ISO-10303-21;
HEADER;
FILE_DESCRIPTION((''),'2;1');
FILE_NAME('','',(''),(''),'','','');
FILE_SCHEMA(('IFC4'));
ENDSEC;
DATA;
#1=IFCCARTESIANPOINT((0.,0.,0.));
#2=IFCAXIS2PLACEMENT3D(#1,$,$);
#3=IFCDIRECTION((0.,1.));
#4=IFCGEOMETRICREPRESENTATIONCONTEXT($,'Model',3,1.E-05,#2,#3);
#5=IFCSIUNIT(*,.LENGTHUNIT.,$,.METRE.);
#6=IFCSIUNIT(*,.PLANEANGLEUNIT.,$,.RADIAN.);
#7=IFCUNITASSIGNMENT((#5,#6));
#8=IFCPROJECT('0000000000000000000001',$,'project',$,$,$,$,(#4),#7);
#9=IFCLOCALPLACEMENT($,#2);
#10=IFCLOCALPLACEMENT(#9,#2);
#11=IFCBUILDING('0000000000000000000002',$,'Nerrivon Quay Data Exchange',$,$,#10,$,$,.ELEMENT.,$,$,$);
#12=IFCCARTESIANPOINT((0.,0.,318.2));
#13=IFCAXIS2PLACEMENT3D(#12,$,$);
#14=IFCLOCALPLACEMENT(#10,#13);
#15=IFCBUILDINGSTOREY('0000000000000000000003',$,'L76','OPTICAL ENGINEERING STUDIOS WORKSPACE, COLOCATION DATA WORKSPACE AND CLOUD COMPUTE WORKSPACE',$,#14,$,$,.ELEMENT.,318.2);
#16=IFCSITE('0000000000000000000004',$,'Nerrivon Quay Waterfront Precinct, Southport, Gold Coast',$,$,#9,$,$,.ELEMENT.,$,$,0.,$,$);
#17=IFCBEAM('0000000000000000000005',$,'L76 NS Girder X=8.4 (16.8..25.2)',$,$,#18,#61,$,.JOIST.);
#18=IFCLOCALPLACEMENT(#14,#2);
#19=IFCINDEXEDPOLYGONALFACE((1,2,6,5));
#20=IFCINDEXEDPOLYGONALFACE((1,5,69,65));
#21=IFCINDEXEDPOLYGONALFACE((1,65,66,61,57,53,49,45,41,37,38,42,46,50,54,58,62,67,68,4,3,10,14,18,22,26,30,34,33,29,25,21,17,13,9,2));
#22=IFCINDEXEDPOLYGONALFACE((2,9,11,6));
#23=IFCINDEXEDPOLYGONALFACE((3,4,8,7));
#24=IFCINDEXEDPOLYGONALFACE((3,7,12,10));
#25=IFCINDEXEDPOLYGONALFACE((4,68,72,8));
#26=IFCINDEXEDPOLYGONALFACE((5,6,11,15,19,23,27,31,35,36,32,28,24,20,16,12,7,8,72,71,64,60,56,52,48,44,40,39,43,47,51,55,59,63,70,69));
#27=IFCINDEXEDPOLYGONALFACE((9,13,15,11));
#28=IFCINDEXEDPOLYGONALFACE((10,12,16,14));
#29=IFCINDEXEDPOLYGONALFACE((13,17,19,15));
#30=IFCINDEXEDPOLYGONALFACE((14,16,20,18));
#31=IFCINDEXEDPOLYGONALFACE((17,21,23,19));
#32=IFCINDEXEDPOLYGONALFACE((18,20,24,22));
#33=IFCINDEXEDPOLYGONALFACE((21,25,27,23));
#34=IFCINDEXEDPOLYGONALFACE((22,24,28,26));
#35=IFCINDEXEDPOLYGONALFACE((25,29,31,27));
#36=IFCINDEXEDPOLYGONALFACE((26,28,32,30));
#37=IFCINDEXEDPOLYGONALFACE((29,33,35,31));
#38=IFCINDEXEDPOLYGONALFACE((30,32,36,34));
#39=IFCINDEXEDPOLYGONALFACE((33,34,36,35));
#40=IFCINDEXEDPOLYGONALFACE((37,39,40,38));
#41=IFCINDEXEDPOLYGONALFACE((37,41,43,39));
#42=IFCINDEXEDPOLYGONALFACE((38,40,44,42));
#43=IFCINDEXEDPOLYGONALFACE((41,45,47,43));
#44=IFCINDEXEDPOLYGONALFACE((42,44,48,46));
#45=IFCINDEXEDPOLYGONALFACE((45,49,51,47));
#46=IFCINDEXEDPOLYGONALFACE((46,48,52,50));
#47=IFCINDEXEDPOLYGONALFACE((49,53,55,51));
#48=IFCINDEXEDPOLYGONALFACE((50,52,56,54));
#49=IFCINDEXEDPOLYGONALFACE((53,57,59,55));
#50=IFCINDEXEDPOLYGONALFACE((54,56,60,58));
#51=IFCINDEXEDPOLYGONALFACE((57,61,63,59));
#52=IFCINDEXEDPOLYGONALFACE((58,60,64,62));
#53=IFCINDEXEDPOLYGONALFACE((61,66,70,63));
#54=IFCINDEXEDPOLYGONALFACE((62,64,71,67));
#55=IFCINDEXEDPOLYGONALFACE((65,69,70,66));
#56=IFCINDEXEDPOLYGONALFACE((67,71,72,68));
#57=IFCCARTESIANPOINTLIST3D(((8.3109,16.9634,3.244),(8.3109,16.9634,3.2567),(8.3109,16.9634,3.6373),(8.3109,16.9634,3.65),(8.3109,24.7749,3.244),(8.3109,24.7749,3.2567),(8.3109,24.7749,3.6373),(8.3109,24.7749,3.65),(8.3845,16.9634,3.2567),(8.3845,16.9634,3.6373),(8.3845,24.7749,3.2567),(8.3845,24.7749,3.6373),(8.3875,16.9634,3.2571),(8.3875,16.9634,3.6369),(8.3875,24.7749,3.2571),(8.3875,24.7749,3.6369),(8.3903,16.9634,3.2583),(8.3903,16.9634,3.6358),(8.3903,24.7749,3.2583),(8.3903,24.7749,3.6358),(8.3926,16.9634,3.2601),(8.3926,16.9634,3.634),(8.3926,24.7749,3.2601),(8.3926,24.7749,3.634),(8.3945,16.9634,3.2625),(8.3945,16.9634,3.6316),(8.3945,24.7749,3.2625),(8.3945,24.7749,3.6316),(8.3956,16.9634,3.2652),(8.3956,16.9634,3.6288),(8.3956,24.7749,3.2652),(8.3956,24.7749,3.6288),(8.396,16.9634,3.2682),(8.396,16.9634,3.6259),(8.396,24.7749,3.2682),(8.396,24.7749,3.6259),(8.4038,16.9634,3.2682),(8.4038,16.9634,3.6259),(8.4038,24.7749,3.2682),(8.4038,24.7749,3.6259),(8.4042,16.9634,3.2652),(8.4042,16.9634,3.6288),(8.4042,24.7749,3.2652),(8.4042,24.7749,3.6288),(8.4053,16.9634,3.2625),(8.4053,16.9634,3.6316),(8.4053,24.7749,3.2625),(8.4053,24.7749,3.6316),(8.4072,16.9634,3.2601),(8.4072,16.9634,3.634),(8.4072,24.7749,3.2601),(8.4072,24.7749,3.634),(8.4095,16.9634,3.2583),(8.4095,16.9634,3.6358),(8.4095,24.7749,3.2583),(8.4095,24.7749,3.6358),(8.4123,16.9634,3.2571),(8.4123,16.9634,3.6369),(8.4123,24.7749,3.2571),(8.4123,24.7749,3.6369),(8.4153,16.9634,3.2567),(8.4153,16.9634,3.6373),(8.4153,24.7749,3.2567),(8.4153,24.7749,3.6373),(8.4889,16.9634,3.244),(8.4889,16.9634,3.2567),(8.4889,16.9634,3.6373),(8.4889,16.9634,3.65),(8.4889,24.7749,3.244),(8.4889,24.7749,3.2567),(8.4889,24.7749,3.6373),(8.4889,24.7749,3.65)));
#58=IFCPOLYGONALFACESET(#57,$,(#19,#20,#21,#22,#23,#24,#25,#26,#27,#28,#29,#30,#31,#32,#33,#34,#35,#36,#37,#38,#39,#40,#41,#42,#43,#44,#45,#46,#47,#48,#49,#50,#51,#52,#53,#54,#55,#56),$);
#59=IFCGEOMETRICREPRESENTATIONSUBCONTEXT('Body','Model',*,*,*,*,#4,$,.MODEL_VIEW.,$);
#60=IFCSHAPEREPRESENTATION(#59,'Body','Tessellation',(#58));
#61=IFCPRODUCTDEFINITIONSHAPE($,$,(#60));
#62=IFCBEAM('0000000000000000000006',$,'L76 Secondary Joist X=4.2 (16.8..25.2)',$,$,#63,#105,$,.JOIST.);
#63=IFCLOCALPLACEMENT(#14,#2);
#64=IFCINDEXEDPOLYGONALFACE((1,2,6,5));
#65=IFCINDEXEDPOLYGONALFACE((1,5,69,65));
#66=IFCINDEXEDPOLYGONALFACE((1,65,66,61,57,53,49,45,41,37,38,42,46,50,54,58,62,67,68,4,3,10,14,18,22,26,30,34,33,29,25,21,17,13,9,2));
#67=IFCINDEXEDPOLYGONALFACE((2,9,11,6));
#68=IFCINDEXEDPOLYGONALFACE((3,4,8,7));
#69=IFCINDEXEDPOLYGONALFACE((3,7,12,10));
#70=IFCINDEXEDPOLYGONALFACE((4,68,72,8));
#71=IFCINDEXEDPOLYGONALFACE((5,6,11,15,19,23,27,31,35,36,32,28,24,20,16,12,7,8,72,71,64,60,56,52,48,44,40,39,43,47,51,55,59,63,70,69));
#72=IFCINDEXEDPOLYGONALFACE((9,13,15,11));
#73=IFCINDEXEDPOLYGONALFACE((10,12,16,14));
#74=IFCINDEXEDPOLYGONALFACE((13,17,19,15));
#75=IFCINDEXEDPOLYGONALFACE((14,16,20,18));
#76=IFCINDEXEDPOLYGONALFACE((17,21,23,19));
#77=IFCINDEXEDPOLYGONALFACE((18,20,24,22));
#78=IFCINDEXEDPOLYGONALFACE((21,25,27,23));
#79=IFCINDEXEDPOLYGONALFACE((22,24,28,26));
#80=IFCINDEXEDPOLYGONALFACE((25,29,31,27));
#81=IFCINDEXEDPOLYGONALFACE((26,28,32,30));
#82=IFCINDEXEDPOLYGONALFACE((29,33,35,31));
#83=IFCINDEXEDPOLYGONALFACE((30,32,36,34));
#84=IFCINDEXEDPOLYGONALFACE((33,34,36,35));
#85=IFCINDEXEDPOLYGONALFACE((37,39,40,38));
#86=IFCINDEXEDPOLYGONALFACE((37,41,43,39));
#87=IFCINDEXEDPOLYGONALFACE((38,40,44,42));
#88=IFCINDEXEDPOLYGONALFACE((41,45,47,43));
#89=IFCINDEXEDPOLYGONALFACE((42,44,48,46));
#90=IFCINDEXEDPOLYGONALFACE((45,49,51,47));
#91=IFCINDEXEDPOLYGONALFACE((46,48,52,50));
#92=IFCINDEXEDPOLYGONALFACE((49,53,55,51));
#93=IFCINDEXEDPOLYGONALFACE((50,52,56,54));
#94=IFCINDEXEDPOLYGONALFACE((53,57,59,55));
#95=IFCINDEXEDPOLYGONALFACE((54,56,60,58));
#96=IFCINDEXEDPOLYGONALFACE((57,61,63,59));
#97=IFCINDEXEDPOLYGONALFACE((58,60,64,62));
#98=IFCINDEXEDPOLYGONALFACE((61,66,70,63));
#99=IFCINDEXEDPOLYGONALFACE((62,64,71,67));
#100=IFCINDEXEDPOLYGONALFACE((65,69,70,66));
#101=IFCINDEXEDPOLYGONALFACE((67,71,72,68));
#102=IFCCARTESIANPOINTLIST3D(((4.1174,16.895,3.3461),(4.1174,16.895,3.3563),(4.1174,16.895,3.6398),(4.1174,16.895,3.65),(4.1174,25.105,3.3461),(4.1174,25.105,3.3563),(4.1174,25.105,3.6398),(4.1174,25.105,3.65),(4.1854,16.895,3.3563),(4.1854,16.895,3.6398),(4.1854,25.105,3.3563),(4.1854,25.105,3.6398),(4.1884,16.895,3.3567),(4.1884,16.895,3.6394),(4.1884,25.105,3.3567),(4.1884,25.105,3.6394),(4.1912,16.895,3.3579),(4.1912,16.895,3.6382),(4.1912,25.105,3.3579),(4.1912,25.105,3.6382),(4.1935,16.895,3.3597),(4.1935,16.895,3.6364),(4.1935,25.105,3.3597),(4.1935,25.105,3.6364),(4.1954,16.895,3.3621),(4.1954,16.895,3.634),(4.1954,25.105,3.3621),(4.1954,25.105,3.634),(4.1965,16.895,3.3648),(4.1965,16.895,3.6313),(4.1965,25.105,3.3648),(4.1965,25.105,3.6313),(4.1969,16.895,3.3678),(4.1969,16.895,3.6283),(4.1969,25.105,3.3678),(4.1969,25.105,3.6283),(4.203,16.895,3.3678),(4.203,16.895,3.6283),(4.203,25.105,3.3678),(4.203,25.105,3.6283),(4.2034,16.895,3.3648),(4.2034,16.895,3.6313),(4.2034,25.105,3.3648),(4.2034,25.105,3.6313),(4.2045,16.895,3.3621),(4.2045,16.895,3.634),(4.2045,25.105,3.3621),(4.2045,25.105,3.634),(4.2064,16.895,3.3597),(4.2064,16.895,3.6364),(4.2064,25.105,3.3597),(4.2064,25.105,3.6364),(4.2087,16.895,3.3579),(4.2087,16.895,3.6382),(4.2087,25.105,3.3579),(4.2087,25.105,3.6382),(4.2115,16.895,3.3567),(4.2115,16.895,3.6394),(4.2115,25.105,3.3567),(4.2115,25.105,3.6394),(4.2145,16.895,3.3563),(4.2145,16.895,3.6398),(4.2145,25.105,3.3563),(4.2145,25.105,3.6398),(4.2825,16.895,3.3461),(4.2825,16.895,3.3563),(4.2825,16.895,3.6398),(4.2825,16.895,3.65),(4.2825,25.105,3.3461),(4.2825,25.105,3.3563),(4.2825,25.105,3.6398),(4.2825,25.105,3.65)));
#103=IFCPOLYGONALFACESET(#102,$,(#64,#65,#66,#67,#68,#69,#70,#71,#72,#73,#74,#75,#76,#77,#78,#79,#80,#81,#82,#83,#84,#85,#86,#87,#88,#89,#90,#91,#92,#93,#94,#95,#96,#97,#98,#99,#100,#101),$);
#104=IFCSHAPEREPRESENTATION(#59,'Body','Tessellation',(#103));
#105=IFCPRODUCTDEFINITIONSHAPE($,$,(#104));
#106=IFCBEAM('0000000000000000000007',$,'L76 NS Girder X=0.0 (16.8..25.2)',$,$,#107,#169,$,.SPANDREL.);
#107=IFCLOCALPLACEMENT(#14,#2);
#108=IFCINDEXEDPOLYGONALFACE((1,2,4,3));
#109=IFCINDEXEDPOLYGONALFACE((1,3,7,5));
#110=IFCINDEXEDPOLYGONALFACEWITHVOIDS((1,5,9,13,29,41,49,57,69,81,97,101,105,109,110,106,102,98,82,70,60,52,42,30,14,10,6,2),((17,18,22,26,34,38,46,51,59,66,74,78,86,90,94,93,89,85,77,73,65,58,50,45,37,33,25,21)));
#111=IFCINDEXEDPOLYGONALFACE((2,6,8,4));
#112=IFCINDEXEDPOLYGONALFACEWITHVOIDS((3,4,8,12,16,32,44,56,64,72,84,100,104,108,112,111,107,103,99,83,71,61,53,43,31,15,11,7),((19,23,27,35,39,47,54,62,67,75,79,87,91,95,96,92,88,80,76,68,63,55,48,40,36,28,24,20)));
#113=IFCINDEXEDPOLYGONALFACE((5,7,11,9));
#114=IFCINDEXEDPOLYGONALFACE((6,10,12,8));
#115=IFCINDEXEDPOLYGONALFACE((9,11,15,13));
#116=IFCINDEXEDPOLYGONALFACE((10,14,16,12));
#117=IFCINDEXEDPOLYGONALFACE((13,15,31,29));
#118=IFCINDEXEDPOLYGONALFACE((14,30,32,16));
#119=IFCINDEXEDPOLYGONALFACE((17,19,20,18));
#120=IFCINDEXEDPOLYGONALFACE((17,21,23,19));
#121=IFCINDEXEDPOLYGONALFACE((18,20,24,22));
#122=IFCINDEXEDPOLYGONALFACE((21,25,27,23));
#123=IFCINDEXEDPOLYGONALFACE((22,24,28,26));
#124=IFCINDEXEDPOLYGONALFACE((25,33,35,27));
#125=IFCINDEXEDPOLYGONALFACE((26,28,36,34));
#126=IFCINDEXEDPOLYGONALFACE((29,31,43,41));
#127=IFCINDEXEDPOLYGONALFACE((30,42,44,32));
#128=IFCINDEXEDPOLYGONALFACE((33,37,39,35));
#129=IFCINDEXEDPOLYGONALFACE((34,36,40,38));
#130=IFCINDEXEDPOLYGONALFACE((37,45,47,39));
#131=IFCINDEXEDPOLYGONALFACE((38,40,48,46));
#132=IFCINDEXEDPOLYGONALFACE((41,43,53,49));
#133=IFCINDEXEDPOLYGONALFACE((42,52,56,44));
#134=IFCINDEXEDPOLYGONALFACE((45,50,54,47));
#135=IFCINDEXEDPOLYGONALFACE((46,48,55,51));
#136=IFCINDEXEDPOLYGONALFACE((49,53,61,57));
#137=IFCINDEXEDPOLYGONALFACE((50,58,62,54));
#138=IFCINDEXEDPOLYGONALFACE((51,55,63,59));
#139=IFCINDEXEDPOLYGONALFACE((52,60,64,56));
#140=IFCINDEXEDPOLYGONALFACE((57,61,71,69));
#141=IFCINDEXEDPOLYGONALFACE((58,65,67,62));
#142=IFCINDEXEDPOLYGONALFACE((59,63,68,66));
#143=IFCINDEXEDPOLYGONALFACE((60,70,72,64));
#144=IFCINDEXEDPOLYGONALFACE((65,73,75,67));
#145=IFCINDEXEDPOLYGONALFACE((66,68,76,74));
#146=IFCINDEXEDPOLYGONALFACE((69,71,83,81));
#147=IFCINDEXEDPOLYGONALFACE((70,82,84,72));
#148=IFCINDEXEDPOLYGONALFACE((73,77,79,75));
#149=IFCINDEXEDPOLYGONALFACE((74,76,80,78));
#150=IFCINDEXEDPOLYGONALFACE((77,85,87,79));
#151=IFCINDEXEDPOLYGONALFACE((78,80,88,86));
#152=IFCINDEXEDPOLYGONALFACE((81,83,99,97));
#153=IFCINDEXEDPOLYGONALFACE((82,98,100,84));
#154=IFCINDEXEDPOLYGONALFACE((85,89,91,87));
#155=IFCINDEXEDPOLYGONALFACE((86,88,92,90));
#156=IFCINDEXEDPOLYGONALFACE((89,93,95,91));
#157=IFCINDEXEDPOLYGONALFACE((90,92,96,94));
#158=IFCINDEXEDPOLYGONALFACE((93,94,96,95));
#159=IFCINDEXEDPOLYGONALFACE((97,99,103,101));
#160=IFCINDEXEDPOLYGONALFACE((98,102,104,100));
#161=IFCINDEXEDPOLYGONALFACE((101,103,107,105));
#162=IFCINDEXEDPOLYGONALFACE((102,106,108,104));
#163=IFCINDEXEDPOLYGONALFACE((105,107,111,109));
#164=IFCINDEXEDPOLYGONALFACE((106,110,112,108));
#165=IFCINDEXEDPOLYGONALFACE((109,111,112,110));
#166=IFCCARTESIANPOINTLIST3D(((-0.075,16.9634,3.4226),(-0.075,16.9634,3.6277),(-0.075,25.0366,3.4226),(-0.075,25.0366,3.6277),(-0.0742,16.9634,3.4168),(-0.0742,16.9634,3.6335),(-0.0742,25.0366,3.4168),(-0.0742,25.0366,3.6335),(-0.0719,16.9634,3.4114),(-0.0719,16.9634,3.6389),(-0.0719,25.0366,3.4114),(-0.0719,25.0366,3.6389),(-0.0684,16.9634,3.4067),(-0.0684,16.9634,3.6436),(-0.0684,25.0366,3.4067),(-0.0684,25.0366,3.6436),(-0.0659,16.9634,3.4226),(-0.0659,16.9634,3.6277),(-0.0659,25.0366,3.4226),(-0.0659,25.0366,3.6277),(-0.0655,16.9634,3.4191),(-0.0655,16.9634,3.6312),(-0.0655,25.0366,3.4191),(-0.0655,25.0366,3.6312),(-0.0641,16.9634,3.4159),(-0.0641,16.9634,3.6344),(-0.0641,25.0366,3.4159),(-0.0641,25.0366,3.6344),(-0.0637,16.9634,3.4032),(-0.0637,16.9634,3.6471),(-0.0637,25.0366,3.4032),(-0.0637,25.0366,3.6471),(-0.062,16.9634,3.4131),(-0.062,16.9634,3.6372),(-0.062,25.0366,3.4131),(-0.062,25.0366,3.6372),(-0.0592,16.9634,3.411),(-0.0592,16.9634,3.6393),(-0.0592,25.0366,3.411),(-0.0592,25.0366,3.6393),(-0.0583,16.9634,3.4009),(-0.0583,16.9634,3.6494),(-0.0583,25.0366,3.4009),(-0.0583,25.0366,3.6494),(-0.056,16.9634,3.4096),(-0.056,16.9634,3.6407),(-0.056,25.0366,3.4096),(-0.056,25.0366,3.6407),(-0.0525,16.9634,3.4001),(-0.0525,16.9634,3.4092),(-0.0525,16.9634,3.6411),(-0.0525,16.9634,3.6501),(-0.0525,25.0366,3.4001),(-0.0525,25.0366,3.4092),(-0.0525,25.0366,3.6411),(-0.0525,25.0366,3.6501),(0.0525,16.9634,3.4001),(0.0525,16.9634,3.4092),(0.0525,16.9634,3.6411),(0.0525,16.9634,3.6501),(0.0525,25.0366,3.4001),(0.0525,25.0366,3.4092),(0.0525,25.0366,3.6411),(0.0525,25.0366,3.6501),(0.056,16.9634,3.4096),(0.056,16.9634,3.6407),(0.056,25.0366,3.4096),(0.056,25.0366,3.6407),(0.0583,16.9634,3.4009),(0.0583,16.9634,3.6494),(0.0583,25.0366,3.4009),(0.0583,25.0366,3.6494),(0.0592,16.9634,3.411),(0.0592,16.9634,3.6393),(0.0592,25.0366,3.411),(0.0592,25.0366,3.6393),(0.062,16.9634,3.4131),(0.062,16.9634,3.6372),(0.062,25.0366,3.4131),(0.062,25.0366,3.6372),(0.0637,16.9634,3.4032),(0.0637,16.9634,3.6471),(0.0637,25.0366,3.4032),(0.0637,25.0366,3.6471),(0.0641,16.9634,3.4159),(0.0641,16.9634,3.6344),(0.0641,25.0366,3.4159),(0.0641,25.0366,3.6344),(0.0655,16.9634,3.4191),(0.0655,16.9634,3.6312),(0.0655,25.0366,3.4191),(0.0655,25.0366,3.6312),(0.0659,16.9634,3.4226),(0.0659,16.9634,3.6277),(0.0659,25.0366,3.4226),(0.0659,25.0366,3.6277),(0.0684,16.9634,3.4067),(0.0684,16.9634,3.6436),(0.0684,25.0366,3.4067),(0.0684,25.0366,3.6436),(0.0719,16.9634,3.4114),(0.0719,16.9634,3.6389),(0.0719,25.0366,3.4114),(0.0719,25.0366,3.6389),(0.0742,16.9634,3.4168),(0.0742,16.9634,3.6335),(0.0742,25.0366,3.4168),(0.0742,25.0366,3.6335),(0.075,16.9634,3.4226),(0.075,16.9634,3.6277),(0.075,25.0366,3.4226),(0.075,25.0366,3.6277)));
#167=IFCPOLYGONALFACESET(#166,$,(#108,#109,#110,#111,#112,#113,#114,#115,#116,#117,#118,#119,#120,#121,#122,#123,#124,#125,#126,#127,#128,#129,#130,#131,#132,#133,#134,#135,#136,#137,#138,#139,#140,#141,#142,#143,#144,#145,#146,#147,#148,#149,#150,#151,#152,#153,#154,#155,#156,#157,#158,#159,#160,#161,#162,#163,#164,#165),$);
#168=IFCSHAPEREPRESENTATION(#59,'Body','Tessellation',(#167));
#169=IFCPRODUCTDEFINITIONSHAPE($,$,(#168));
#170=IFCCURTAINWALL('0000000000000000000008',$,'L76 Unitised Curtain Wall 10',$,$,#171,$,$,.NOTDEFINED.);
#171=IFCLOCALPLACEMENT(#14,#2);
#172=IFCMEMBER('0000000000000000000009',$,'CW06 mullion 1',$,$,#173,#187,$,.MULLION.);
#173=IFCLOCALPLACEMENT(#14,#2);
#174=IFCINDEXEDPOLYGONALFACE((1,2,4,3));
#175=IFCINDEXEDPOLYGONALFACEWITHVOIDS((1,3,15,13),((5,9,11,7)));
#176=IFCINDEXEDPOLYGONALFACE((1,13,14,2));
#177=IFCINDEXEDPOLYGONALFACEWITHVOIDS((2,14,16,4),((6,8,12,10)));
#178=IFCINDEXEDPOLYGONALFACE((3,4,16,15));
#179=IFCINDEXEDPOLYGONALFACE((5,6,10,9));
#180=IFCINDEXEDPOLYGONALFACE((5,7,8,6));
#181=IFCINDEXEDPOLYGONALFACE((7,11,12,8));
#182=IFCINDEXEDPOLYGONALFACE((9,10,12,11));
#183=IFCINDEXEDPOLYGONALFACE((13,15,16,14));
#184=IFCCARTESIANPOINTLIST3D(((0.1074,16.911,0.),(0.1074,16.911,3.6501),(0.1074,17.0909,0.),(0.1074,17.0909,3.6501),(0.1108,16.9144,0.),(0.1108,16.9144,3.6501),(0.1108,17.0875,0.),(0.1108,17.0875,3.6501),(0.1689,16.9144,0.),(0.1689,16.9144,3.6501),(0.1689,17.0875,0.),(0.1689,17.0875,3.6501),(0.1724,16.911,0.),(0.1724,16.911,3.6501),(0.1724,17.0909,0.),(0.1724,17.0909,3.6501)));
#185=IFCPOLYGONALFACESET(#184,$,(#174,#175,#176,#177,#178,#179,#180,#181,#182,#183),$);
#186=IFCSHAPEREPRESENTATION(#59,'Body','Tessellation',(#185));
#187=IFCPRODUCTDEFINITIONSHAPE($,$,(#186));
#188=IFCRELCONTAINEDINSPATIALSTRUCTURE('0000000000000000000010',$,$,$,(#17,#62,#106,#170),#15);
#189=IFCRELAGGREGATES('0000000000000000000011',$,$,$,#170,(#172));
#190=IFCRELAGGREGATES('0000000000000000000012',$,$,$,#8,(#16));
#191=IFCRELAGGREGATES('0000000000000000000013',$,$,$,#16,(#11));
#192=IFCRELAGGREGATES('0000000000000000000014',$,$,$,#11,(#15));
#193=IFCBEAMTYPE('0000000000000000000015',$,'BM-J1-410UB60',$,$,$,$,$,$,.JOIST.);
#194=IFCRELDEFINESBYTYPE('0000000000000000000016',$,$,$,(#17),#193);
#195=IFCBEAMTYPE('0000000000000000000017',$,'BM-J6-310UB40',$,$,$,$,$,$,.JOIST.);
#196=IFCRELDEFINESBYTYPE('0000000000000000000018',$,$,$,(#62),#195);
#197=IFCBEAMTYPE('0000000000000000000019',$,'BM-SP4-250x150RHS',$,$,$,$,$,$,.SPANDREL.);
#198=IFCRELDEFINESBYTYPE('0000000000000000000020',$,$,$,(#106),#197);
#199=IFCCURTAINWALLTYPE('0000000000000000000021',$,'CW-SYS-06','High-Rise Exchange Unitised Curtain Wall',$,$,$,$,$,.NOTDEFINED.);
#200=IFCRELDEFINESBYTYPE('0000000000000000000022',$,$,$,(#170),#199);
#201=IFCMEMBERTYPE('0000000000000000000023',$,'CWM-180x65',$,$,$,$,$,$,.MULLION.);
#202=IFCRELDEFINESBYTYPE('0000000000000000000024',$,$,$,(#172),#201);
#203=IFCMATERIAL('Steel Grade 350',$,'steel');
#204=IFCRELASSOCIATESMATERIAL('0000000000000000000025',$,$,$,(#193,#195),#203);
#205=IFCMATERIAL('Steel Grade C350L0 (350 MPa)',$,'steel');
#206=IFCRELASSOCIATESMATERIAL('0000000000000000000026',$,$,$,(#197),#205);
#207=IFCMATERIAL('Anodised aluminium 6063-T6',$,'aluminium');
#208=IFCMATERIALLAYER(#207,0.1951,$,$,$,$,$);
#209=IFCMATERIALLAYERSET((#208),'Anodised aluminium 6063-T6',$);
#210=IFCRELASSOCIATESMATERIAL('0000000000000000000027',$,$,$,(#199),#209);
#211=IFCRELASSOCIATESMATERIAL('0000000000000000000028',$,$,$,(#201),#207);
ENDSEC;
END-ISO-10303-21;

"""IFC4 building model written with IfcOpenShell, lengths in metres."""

from ifc_helpers import new_model, si_unit, direction, frame, origin, origin_2d, place, context, subcontext, project, spatial, hollow_rectangle, i_section, extrude, material, layer, layer_set, material_profile, profile_set, type_object, element, aggregate, save


model = new_model("IFC4")

# Units and contexts
model_context = context("Model", 3, precision=1e-05, world=origin(), true_north=direction((0.0, 1.0)))
body_context = subcontext(model_context, "Body", "Model", "MODEL_VIEW")
ifc_project = project(units=[si_unit("LENGTHUNIT", "METRE"), si_unit("PLANEANGLEUNIT", "RADIAN")], contexts=[model_context])

# Site, building, storey
site_placement = place(None, origin())
site = spatial("IfcSite", under=ifc_project, at=site_placement, Name="Nerrivon Quay Waterfront Precinct, Southport, Gold Coast", CompositionType="ELEMENT", RefElevation=0.0)
building_placement = place(site_placement, origin())
building = spatial("IfcBuilding", under=site, at=building_placement, Name="Nerrivon Quay Data Exchange", CompositionType="ELEMENT")
storey_placement = place(building_placement, frame((0.0, 0.0, 318.2)))
storey = spatial("IfcBuildingStorey", under=building, at=storey_placement, Name="L76", Description="OPTICAL ENGINEERING STUDIOS WORKSPACE, COLOCATION DATA WORKSPACE AND CLOUD COMPUTE WORKSPACE", CompositionType="ELEMENT", Elevation=318.2)

# Shared definitions
ifc_material_1 = material(Name="Steel Grade 350", Category="steel")

# Beams
ifc_material_profile_1 = material_profile(ifc_material_1, i_section(OverallWidth=0.178, OverallDepth=0.406, WebThickness=0.0078, FlangeThickness=0.0127, FilletRadius=0.0115, at=origin_2d()), Name="410UB59.7")
ifc_profile_set_1 = profile_set([ifc_material_profile_1], Name="Steel Grade 350")
beam_type_1 = type_object("IfcBeamType", Name="BM-J1-410UB60", PredefinedType="JOIST", material=ifc_profile_set_1)
beam_1_placement = place(storey_placement, frame((8.3999, 16.9634, 3.447), z_axis=(0.0, 1.0, 0.0), x_axis=(-1.0, 0.0, 0.0)))
element("IfcBeam", 1, at=beam_1_placement, inside=storey, type_object=beam_type_1, Name="L76 NS Girder X=8.4 (16.8..25.2)", PredefinedType="JOIST", context=body_context, shape_type="SweptSolid", body=[
    extrude(i_section(OverallWidth=0.178, OverallDepth=0.406, WebThickness=0.0078, FlangeThickness=0.0127, FilletRadius=0.0115, at=origin_2d()), origin(), (0.0, 0.0, 1.0), 7.8115),
])
ifc_material_profile_2 = material_profile(ifc_material_1, i_section(OverallWidth=0.165, OverallDepth=0.304, WebThickness=0.0061, FlangeThickness=0.0103, FilletRadius=0.0115, at=origin_2d()), Name="310UB40.4")
ifc_profile_set_2 = profile_set([ifc_material_profile_2], Name="Steel Grade 350")
beam_type_2 = type_object("IfcBeamType", Name="BM-J6-310UB40", PredefinedType="JOIST", material=ifc_profile_set_2)
beam_2_placement = place(storey_placement, frame((4.2, 16.895, 3.498), z_axis=(0.0, 1.0, 0.0), x_axis=(-1.0, 0.0, 0.0)))
element("IfcBeam", 2, at=beam_2_placement, inside=storey, type_object=beam_type_2, Name="L76 Secondary Joist X=4.2 (16.8..25.2)", PredefinedType="JOIST", context=body_context, shape_type="SweptSolid", body=[
    extrude(i_section(OverallWidth=0.165, OverallDepth=0.304, WebThickness=0.0061, FlangeThickness=0.0103, FilletRadius=0.0115, at=origin_2d()), origin(), (0.0, 0.0, 1.0), 8.21),
])
ifc_material_2 = material(Name="Steel Grade C350L0 (350 MPa)", Category="steel")
ifc_material_profile_3 = material_profile(ifc_material_2, hollow_rectangle(XDim=0.1499, YDim=0.25, WallThickness=0.009, InnerFilletRadius=0.0134, OuterFilletRadius=0.0225, at=origin_2d()), Name="250x150x9.0RHS")
ifc_profile_set_3 = profile_set([ifc_material_profile_3], Name="Steel Grade C350L0 (350 MPa)")
beam_type_3 = type_object("IfcBeamType", Name="BM-SP4-250x150RHS", PredefinedType="SPANDREL", material=ifc_profile_set_3)
beam_3_placement = place(storey_placement, frame((0.0, 16.9634, 3.5251), z_axis=(0.0, 1.0, 0.0), x_axis=(-1.0, 0.0, 0.0)))
element("IfcBeam", 3, at=beam_3_placement, inside=storey, type_object=beam_type_3, Name="L76 NS Girder X=0.0 (16.8..25.2)", PredefinedType="SPANDREL", context=body_context, shape_type="SweptSolid", body=[
    extrude(hollow_rectangle(XDim=0.1499, YDim=0.25, WallThickness=0.009, InnerFilletRadius=0.0134, OuterFilletRadius=0.0225, at=origin_2d()), origin(), (0.0, 0.0, 1.0), 8.0732),
])

# Curtain wall, member
ifc_material_3 = material(Name="Anodised aluminium 6063-T6", Category="aluminium")
ifc_layer_1 = layer(ifc_material_3, 0.1951)
ifc_layer_set_1 = layer_set([ifc_layer_1], Name="Anodised aluminium 6063-T6")
curtain_wall_type = type_object("IfcCurtainWallType", Name="CW-SYS-06", Description="High-Rise Exchange Unitised Curtain Wall", PredefinedType="NOTDEFINED", material=ifc_layer_set_1)
curtain_wall_placement = place(storey_placement, origin())
curtain_wall = element("IfcCurtainWall", 4, at=curtain_wall_placement, inside=storey, type_object=curtain_wall_type, Name="L76 Unitised Curtain Wall 10", PredefinedType="NOTDEFINED")
ifc_material_profile_4 = material_profile(ifc_material_3, hollow_rectangle(XDim=0.0649, YDim=0.1799, WallThickness=0.0034, at=origin_2d()), Name="ALU-MULL-180x65")
ifc_profile_set_4 = profile_set([ifc_material_profile_4], Name="Anodised aluminium 6063-T6")
member_type_1 = type_object("IfcMemberType", Name="CWM-180x65", PredefinedType="MULLION", material=ifc_profile_set_4)
member_1_placement = place(storey_placement, frame((0.1399, 17.001, 0.0), z_axis=(0.0, 0.0, 1.0), x_axis=(-1.0, 0.0, 0.0)))
member_1 = element("IfcMember", 5, at=member_1_placement, type_object=member_type_1, Name="CW06 mullion 1", PredefinedType="MULLION", context=body_context, shape_type="SweptSolid", body=[
    extrude(hollow_rectangle(XDim=0.0649, YDim=0.1799, WallThickness=0.0034, at=origin_2d()), origin(), (0.0, 0.0, 1.0), 3.6501),
])
aggregate(curtain_wall, [member_1])

save(model, "model.ifc")
